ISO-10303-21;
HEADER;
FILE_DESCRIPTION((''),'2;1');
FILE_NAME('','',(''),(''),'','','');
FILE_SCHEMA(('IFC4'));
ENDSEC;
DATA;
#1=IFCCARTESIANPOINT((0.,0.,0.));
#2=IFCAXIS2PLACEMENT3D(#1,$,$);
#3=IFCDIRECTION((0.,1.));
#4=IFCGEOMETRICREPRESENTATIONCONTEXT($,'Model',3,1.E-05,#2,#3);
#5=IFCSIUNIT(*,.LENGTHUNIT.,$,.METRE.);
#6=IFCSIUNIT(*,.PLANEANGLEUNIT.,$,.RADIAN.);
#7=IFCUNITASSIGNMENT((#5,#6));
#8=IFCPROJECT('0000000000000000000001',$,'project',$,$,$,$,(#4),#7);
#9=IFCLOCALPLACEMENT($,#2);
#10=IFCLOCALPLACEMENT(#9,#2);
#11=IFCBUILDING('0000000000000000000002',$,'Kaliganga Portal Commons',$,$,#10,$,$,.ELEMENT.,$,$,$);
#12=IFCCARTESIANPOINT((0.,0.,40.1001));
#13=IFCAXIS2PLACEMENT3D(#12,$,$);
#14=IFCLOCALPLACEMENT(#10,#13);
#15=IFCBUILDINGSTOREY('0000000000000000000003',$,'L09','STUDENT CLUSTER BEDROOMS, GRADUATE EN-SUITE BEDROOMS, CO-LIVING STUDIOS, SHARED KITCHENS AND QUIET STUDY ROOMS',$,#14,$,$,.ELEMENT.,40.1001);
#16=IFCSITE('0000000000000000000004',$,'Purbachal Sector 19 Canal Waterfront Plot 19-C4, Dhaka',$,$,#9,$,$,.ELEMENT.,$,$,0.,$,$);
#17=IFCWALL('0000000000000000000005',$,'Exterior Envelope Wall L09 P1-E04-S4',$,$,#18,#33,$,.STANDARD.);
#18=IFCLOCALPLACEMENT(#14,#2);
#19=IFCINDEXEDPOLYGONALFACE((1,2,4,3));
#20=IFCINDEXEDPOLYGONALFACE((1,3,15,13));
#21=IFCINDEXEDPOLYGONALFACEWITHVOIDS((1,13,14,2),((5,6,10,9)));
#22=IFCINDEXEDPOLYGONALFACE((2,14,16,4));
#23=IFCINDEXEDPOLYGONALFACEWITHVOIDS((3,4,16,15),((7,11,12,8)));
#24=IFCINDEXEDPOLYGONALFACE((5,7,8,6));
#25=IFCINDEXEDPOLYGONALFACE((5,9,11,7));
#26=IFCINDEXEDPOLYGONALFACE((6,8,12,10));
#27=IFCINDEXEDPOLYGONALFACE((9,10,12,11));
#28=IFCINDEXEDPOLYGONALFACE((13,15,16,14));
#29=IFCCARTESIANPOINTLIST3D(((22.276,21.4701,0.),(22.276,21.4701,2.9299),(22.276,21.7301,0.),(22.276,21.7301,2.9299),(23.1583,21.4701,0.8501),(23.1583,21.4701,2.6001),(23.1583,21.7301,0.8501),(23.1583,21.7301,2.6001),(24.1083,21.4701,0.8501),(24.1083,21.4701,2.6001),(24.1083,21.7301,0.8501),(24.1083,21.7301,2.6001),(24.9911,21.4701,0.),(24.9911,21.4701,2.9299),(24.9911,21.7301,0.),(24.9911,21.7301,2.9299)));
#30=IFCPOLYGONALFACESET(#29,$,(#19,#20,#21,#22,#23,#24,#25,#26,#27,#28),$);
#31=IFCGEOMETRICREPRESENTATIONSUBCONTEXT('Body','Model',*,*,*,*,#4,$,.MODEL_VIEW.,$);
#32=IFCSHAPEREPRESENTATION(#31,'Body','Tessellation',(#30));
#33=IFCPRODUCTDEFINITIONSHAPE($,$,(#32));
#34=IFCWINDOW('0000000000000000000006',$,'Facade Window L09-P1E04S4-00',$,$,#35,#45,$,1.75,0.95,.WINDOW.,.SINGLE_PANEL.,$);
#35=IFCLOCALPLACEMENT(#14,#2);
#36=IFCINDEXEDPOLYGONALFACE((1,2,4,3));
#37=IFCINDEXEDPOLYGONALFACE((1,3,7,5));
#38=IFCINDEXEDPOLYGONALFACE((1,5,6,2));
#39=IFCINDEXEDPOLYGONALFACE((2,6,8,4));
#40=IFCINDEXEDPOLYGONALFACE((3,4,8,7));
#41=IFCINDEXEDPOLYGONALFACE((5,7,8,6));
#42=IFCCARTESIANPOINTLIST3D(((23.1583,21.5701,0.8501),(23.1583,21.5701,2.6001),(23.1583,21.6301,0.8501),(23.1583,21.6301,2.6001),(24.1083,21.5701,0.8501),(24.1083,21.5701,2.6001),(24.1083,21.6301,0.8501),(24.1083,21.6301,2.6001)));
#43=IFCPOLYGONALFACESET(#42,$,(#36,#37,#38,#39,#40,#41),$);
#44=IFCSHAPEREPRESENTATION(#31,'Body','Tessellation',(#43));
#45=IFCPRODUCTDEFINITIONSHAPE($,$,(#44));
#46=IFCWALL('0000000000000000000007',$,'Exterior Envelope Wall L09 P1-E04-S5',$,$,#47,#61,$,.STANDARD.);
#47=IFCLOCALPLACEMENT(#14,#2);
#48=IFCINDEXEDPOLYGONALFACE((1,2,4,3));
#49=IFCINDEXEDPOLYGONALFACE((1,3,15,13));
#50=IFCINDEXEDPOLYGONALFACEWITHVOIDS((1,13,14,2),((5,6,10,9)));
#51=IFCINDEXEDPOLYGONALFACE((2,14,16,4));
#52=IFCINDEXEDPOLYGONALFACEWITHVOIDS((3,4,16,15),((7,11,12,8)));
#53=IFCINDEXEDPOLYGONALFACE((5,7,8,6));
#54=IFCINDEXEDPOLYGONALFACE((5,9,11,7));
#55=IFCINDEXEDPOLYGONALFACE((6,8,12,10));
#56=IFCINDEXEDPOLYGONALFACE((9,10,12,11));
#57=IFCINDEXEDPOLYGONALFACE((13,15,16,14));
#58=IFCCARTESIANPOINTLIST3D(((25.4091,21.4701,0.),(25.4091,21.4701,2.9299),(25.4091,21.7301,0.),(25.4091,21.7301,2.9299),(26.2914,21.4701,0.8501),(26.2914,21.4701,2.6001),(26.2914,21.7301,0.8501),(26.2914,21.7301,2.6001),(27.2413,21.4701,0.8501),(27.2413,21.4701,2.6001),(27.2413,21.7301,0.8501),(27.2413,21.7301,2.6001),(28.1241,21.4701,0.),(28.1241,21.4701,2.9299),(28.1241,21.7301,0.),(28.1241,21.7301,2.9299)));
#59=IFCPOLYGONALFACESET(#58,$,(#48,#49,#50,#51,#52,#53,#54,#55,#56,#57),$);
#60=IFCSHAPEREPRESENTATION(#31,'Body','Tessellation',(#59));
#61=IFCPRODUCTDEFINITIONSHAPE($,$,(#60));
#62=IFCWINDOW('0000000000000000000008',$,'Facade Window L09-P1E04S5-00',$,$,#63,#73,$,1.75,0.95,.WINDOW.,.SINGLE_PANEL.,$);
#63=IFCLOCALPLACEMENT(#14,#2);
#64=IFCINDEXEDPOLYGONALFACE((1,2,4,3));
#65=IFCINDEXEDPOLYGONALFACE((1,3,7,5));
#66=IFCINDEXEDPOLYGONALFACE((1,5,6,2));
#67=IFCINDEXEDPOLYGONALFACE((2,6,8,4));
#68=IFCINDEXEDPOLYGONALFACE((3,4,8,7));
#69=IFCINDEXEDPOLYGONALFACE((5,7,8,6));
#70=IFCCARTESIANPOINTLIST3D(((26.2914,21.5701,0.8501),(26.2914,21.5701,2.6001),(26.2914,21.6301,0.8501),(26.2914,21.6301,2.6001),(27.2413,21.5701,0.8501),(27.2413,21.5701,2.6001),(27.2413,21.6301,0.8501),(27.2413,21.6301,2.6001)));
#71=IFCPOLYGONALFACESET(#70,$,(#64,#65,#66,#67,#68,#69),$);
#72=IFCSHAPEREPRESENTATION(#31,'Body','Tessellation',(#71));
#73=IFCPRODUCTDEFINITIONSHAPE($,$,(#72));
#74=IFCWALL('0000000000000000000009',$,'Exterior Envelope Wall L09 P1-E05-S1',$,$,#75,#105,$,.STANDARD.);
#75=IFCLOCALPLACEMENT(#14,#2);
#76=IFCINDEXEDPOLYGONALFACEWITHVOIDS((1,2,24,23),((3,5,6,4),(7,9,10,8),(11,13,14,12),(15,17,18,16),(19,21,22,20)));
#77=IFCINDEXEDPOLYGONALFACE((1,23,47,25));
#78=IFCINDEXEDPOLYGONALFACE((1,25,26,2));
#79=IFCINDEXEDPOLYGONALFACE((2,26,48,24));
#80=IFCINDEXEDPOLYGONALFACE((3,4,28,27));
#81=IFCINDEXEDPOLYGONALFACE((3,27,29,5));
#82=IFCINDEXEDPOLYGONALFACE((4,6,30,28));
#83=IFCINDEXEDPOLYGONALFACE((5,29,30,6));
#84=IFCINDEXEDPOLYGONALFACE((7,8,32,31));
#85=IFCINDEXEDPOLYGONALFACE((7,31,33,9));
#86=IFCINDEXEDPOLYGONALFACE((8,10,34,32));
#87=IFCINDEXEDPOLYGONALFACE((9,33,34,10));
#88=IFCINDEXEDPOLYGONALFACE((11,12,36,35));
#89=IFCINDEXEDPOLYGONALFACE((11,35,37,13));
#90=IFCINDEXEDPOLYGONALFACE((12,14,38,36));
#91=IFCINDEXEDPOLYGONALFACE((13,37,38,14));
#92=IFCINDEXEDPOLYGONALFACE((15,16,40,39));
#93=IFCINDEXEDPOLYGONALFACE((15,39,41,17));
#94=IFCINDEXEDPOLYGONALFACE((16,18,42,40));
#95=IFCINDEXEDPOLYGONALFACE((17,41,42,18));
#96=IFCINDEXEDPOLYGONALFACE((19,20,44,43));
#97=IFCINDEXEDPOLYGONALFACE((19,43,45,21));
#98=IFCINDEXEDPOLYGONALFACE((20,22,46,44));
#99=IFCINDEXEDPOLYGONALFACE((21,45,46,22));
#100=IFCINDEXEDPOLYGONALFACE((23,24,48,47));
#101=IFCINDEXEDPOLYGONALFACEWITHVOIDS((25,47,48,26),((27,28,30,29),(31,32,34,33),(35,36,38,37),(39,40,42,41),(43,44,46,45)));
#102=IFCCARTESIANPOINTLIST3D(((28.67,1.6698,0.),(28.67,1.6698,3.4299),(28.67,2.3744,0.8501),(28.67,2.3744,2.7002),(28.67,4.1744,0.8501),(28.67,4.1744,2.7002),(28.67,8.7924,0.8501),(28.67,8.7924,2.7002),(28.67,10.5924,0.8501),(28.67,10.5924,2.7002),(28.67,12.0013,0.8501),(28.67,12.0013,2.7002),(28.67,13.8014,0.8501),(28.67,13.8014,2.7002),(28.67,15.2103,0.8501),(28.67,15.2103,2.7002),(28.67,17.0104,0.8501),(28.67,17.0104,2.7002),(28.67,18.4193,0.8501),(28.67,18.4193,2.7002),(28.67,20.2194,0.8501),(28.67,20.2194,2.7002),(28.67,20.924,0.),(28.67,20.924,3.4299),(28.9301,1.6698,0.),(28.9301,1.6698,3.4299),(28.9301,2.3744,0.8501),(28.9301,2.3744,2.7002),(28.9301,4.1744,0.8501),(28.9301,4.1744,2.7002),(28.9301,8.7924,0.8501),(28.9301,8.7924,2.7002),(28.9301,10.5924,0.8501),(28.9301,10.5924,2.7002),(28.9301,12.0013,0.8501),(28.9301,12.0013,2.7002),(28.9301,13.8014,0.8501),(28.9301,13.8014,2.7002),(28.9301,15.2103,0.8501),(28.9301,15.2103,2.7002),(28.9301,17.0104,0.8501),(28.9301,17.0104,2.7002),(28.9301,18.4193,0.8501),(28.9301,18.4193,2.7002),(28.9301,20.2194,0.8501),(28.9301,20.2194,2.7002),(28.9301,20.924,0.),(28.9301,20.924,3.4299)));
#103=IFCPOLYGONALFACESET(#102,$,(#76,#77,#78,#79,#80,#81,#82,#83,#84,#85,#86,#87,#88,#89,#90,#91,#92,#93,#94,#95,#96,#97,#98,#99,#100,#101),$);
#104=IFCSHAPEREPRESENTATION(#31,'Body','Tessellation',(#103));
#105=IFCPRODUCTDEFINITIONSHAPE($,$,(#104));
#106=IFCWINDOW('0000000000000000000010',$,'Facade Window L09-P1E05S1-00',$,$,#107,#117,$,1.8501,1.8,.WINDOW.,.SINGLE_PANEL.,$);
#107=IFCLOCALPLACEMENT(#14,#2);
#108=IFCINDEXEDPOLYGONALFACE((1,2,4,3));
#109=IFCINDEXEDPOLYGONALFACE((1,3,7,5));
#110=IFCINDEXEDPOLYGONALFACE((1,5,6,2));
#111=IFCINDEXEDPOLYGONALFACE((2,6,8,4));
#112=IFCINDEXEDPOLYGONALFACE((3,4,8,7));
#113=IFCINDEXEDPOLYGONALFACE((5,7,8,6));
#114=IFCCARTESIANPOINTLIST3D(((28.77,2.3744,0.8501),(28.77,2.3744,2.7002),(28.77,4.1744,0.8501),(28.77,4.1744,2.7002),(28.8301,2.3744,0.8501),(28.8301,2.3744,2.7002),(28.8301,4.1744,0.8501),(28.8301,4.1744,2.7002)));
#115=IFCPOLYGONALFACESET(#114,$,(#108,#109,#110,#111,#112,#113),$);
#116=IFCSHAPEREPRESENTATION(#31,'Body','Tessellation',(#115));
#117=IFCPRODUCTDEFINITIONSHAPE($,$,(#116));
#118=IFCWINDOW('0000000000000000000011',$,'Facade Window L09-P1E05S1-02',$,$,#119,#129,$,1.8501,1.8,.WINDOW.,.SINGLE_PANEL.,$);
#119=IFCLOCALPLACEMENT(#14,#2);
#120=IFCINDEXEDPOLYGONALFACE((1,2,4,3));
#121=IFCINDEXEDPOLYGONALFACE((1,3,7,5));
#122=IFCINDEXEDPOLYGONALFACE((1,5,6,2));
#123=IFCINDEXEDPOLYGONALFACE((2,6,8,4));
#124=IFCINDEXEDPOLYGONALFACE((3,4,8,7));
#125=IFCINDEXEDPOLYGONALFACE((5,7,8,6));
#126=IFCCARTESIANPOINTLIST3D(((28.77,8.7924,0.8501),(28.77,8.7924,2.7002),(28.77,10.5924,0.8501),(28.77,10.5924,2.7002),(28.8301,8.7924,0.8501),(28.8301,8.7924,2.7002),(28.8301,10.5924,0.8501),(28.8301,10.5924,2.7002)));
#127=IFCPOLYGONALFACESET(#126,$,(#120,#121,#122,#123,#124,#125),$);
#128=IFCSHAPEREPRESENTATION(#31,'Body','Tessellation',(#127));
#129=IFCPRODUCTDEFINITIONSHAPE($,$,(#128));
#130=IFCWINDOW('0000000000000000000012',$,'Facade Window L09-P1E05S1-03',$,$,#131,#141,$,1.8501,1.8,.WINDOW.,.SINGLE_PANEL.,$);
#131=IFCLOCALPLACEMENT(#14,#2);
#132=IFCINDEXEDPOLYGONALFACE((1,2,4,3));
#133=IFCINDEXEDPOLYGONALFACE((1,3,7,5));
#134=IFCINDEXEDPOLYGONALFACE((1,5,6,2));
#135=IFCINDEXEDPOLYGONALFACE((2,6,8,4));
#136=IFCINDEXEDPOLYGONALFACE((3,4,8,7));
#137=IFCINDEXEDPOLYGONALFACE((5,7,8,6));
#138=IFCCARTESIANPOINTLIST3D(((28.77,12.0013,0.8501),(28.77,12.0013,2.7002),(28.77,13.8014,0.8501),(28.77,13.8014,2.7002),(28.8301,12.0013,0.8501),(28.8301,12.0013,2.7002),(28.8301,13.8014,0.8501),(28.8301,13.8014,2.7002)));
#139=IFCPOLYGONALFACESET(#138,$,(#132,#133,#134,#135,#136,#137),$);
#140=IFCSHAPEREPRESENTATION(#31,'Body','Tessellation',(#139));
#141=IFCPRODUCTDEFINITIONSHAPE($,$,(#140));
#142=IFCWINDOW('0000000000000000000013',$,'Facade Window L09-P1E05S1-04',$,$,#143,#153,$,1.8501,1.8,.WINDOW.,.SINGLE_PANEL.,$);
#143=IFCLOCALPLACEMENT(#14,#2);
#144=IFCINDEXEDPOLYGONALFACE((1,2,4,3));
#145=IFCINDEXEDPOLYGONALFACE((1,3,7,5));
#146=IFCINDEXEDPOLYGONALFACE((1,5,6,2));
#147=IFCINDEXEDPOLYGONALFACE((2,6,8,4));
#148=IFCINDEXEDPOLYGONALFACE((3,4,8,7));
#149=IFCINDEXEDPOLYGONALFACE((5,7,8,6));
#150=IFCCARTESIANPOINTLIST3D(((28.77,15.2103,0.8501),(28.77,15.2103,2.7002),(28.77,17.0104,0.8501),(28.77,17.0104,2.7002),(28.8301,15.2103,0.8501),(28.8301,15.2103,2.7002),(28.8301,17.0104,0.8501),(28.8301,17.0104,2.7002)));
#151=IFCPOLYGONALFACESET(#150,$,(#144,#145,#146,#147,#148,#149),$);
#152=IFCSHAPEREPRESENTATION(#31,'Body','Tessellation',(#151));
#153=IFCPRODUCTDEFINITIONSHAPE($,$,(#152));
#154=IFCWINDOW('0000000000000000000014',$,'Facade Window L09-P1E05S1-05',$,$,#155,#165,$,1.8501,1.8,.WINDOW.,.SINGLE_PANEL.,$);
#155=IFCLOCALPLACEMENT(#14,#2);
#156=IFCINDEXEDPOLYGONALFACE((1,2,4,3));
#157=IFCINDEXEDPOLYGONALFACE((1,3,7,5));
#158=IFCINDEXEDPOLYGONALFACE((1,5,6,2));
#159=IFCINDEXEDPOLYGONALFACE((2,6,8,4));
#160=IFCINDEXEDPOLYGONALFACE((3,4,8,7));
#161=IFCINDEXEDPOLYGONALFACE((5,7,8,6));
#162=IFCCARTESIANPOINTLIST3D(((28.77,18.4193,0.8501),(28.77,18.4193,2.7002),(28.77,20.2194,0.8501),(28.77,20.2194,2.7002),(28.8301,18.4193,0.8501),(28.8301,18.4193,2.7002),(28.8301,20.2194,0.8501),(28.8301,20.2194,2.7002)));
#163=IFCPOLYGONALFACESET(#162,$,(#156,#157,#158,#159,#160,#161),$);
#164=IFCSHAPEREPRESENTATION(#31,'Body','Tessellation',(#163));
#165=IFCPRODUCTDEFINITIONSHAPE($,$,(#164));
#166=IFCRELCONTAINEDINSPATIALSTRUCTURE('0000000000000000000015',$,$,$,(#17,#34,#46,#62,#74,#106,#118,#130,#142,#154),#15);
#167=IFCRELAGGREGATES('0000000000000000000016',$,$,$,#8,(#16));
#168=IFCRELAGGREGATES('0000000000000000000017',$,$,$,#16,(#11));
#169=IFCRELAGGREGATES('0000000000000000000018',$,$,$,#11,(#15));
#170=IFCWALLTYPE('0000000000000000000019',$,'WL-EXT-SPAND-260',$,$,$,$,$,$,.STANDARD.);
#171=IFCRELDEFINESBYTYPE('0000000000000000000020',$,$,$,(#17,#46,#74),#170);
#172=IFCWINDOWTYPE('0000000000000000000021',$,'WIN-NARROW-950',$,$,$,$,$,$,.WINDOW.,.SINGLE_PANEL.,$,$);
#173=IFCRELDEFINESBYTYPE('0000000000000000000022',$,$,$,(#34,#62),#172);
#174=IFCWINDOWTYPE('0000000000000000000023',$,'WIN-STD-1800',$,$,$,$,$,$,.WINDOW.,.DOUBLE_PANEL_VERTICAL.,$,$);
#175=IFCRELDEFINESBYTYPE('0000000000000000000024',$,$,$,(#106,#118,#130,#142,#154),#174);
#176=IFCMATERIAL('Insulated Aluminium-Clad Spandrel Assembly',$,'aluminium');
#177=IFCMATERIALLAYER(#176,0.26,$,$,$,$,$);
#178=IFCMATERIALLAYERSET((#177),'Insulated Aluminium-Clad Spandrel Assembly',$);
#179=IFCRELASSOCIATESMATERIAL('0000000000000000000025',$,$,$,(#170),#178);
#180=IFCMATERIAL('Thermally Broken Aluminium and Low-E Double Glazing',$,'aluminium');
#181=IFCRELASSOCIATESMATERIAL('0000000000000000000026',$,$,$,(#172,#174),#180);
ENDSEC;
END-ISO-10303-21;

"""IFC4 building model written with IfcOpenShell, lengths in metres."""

from ifc_helpers import new_model, si_unit, direction, frame, frame_2d, origin, place, context, subcontext, project, spatial, rectangle, extrude, material, layer, layer_set, type_object, element, fill, save


model = new_model("IFC4")

# Units and contexts
model_context = context("Model", 3, precision=1e-05, world=origin(), true_north=direction((0.0, 1.0)))
body_context = subcontext(model_context, "Body", "Model", "MODEL_VIEW")
ifc_project = project(units=[si_unit("LENGTHUNIT", "METRE"), si_unit("PLANEANGLEUNIT", "RADIAN")], contexts=[model_context])

# Site, building, storey
site_placement = place(None, origin())
site = spatial("IfcSite", under=ifc_project, at=site_placement, Name="Purbachal Sector 19 Canal Waterfront Plot 19-C4, Dhaka", CompositionType="ELEMENT", RefElevation=0.0)
building_placement = place(site_placement, origin())
building = spatial("IfcBuilding", under=site, at=building_placement, Name="Kaliganga Portal Commons", CompositionType="ELEMENT")
storey_placement = place(building_placement, frame((0.0, 0.0, 40.1001)))
storey = spatial("IfcBuildingStorey", under=building, at=storey_placement, Name="L09", Description="STUDENT CLUSTER BEDROOMS, GRADUATE EN-SUITE BEDROOMS, CO-LIVING STUDIOS, SHARED KITCHENS AND QUIET STUDY ROOMS", CompositionType="ELEMENT", Elevation=40.1001)

# Walls, openings, windows
ifc_material_1 = material(Name="Insulated Aluminium-Clad Spandrel Assembly", Category="aluminium")
ifc_layer_1 = layer(ifc_material_1, 0.26)
ifc_layer_set_1 = layer_set([ifc_layer_1], Name="Insulated Aluminium-Clad Spandrel Assembly")
wall_type_1 = type_object("IfcWallType", Name="WL-EXT-SPAND-260", PredefinedType="STANDARD", material=ifc_layer_set_1)
ifc_material_2 = material(Name="Thermally Broken Aluminium and Low-E Double Glazing", Category="aluminium")
window_type_1 = type_object("IfcWindowType", Name="WIN-NARROW-950", PartitioningType="SINGLE_PANEL", PredefinedType="WINDOW", material=ifc_material_2)
wall_1_placement = place(storey_placement, frame((24.991, 21.6001, 0.0), z_axis=(0.0, 0.0, 1.0), x_axis=(-1.0, 0.0, 0.0)))
wall_1 = element("IfcWall", 1, at=wall_1_placement, inside=storey, type_object=wall_type_1, Name="Exterior Envelope Wall L09 P1-E04-S4", PredefinedType="STANDARD", context=body_context, shape_type="SweptSolid", body=[
    extrude(rectangle(XDim=2.7151, YDim=0.26, at=frame_2d((1.3574, 0.0))), origin(), (0.0, 0.0, 1.0), 2.9299),
])
opening_1_placement = place(wall_1_placement, frame((0.8826, 0.0, 0.8501)))
opening_1 = element("IfcOpeningElement", 2, at=opening_1_placement, cuts=wall_1, PredefinedType="OPENING", context=body_context, shape_type="SweptSolid", body=[
    extrude(rectangle(XDim=0.95, YDim=1.75, at=frame_2d((0.4751, 0.875))), frame((0.0, 0.1401, 0.0), z_axis=(0.0, -1.0, 0.0), x_axis=(1.0, 0.0, 0.0)), (0.0, 0.0, 1.0), 0.28),
])
window_1_placement = place(opening_1_placement, origin())
window_1 = element("IfcWindow", 3, at=window_1_placement, inside=storey, type_object=window_type_1, Name="Facade Window L09-P1E04S4-00", OverallHeight=1.75, OverallWidth=0.95, PartitioningType="SINGLE_PANEL", PredefinedType="WINDOW", context=body_context, shape_type="SweptSolid", body=[
    extrude(rectangle(XDim=0.95, YDim=1.75, at=frame_2d((0.4751, 0.875))), frame((0.0, 0.03, 0.0), z_axis=(0.0, -1.0, 0.0), x_axis=(1.0, 0.0, 0.0)), (0.0, 0.0, 1.0), 0.0601),
])
fill(opening_1, window_1)
wall_2_placement = place(storey_placement, frame((28.124, 21.6001, 0.0), z_axis=(0.0, 0.0, 1.0), x_axis=(-1.0, 0.0, 0.0)))
wall_2 = element("IfcWall", 4, at=wall_2_placement, inside=storey, type_object=wall_type_1, Name="Exterior Envelope Wall L09 P1-E04-S5", PredefinedType="STANDARD", context=body_context, shape_type="SweptSolid", body=[
    extrude(rectangle(XDim=2.7151, YDim=0.26, at=frame_2d((1.3574, 0.0))), origin(), (0.0, 0.0, 1.0), 2.9299),
])
opening_2_placement = place(wall_2_placement, frame((0.8826, 0.0, 0.8501)))
opening_2 = element("IfcOpeningElement", 5, at=opening_2_placement, cuts=wall_2, PredefinedType="OPENING", context=body_context, shape_type="SweptSolid", body=[
    extrude(rectangle(XDim=0.95, YDim=1.75, at=frame_2d((0.4751, 0.875))), frame((0.0, 0.1401, 0.0), z_axis=(0.0, -1.0, 0.0), x_axis=(1.0, 0.0, 0.0)), (0.0, 0.0, 1.0), 0.28),
])
window_2_placement = place(opening_2_placement, origin())
window_2 = element("IfcWindow", 6, at=window_2_placement, inside=storey, type_object=window_type_1, Name="Facade Window L09-P1E04S5-00", OverallHeight=1.75, OverallWidth=0.95, PartitioningType="SINGLE_PANEL", PredefinedType="WINDOW", context=body_context, shape_type="SweptSolid", body=[
    extrude(rectangle(XDim=0.95, YDim=1.75, at=frame_2d((0.4751, 0.875))), frame((0.0, 0.03, 0.0), z_axis=(0.0, -1.0, 0.0), x_axis=(1.0, 0.0, 0.0)), (0.0, 0.0, 1.0), 0.0601),
])
fill(opening_2, window_2)

# Wall, openings, windows
wall_3_placement = place(storey_placement, frame((28.8, 1.6699, 0.0), z_axis=(0.0, 0.0, 1.0), x_axis=(0.0, 1.0, 0.0)))
wall_3 = element("IfcWall", 7, at=wall_3_placement, inside=storey, type_object=wall_type_1, Name="Exterior Envelope Wall L09 P1-E05-S1", PredefinedType="STANDARD", context=body_context, shape_type="SweptSolid", body=[
    extrude(rectangle(XDim=19.2542, YDim=0.26, at=frame_2d((9.627, 0.0))), origin(), (0.0, 0.0, 1.0), 3.4299),
])
opening_3_placement = place(wall_3_placement, frame((0.7046, 0.0, 0.8501)))
opening_3 = element("IfcOpeningElement", 8, at=opening_3_placement, cuts=wall_3, PredefinedType="OPENING", context=body_context, shape_type="SweptSolid", body=[
    extrude(rectangle(XDim=1.8, YDim=1.8501, at=frame_2d((0.8999, 0.925))), frame((0.0, 0.1401, 0.0), z_axis=(0.0, -1.0, 0.0), x_axis=(1.0, 0.0, 0.0)), (0.0, 0.0, 1.0), 0.28),
])
opening_4_placement = place(wall_3_placement, frame((7.1226, 0.0, 0.8501)))
opening_4 = element("IfcOpeningElement", 9, at=opening_4_placement, cuts=wall_3, PredefinedType="OPENING", context=body_context, shape_type="SweptSolid", body=[
    extrude(rectangle(XDim=1.8, YDim=1.8501, at=frame_2d((0.8999, 0.925))), frame((0.0, 0.1401, 0.0), z_axis=(0.0, -1.0, 0.0), x_axis=(1.0, 0.0, 0.0)), (0.0, 0.0, 1.0), 0.28),
])
opening_5_placement = place(wall_3_placement, frame((10.3315, 0.0, 0.8501)))
opening_5 = element("IfcOpeningElement", 10, at=opening_5_placement, cuts=wall_3, PredefinedType="OPENING", context=body_context, shape_type="SweptSolid", body=[
    extrude(rectangle(XDim=1.8, YDim=1.8501, at=frame_2d((0.8999, 0.925))), frame((0.0, 0.1401, 0.0), z_axis=(0.0, -1.0, 0.0), x_axis=(1.0, 0.0, 0.0)), (0.0, 0.0, 1.0), 0.28),
])
opening_6_placement = place(wall_3_placement, frame((13.5405, 0.0, 0.8501)))
opening_6 = element("IfcOpeningElement", 11, at=opening_6_placement, cuts=wall_3, PredefinedType="OPENING", context=body_context, shape_type="SweptSolid", body=[
    extrude(rectangle(XDim=1.8, YDim=1.8501, at=frame_2d((0.8999, 0.925))), frame((0.0, 0.1401, 0.0), z_axis=(0.0, -1.0, 0.0), x_axis=(1.0, 0.0, 0.0)), (0.0, 0.0, 1.0), 0.28),
])
opening_7_placement = place(wall_3_placement, frame((16.7495, 0.0, 0.8501)))
opening_7 = element("IfcOpeningElement", 12, at=opening_7_placement, cuts=wall_3, PredefinedType="OPENING", context=body_context, shape_type="SweptSolid", body=[
    extrude(rectangle(XDim=1.8, YDim=1.8501, at=frame_2d((0.8999, 0.925))), frame((0.0, 0.1401, 0.0), z_axis=(0.0, -1.0, 0.0), x_axis=(1.0, 0.0, 0.0)), (0.0, 0.0, 1.0), 0.28),
])
window_type_2 = type_object("IfcWindowType", Name="WIN-STD-1800", PartitioningType="DOUBLE_PANEL_VERTICAL", PredefinedType="WINDOW", material=ifc_material_2)
window_3_placement = place(opening_3_placement, origin())
window_3 = element("IfcWindow", 13, at=window_3_placement, inside=storey, type_object=window_type_2, Name="Facade Window L09-P1E05S1-00", OverallHeight=1.8501, OverallWidth=1.8, PartitioningType="SINGLE_PANEL", PredefinedType="WINDOW", context=body_context, shape_type="SweptSolid", body=[
    extrude(rectangle(XDim=1.8, YDim=1.8501, at=frame_2d((0.8999, 0.925))), frame((0.0, 0.03, 0.0), z_axis=(0.0, -1.0, 0.0), x_axis=(1.0, 0.0, 0.0)), (0.0, 0.0, 1.0), 0.0601),
])
fill(opening_3, window_3)
window_4_placement = place(opening_4_placement, origin())
window_4 = element("IfcWindow", 14, at=window_4_placement, inside=storey, type_object=window_type_2, Name="Facade Window L09-P1E05S1-02", OverallHeight=1.8501, OverallWidth=1.8, PartitioningType="SINGLE_PANEL", PredefinedType="WINDOW", context=body_context, shape_type="SweptSolid", body=[
    extrude(rectangle(XDim=1.8, YDim=1.8501, at=frame_2d((0.8999, 0.925))), frame((0.0, 0.03, 0.0), z_axis=(0.0, -1.0, 0.0), x_axis=(1.0, 0.0, 0.0)), (0.0, 0.0, 1.0), 0.0601),
])
fill(opening_4, window_4)
window_5_placement = place(opening_5_placement, origin())
window_5 = element("IfcWindow", 15, at=window_5_placement, inside=storey, type_object=window_type_2, Name="Facade Window L09-P1E05S1-03", OverallHeight=1.8501, OverallWidth=1.8, PartitioningType="SINGLE_PANEL", PredefinedType="WINDOW", context=body_context, shape_type="SweptSolid", body=[
    extrude(rectangle(XDim=1.8, YDim=1.8501, at=frame_2d((0.8999, 0.925))), frame((0.0, 0.03, 0.0), z_axis=(0.0, -1.0, 0.0), x_axis=(1.0, 0.0, 0.0)), (0.0, 0.0, 1.0), 0.0601),
])
fill(opening_5, window_5)
window_6_placement = place(opening_6_placement, origin())
window_6 = element("IfcWindow", 16, at=window_6_placement, inside=storey, type_object=window_type_2, Name="Facade Window L09-P1E05S1-04", OverallHeight=1.8501, OverallWidth=1.8, PartitioningType="SINGLE_PANEL", PredefinedType="WINDOW", context=body_context, shape_type="SweptSolid", body=[
    extrude(rectangle(XDim=1.8, YDim=1.8501, at=frame_2d((0.8999, 0.925))), frame((0.0, 0.03, 0.0), z_axis=(0.0, -1.0, 0.0), x_axis=(1.0, 0.0, 0.0)), (0.0, 0.0, 1.0), 0.0601),
])
fill(opening_6, window_6)
window_7_placement = place(opening_7_placement, origin())
window_7 = element("IfcWindow", 17, at=window_7_placement, inside=storey, type_object=window_type_2, Name="Facade Window L09-P1E05S1-05", OverallHeight=1.8501, OverallWidth=1.8, PartitioningType="SINGLE_PANEL", PredefinedType="WINDOW", context=body_context, shape_type="SweptSolid", body=[
    extrude(rectangle(XDim=1.8, YDim=1.8501, at=frame_2d((0.8999, 0.925))), frame((0.0, 0.03, 0.0), z_axis=(0.0, -1.0, 0.0), x_axis=(1.0, 0.0, 0.0)), (0.0, 0.0, 1.0), 0.0601),
])
fill(opening_7, window_7)

save(model, "model.ifc")
